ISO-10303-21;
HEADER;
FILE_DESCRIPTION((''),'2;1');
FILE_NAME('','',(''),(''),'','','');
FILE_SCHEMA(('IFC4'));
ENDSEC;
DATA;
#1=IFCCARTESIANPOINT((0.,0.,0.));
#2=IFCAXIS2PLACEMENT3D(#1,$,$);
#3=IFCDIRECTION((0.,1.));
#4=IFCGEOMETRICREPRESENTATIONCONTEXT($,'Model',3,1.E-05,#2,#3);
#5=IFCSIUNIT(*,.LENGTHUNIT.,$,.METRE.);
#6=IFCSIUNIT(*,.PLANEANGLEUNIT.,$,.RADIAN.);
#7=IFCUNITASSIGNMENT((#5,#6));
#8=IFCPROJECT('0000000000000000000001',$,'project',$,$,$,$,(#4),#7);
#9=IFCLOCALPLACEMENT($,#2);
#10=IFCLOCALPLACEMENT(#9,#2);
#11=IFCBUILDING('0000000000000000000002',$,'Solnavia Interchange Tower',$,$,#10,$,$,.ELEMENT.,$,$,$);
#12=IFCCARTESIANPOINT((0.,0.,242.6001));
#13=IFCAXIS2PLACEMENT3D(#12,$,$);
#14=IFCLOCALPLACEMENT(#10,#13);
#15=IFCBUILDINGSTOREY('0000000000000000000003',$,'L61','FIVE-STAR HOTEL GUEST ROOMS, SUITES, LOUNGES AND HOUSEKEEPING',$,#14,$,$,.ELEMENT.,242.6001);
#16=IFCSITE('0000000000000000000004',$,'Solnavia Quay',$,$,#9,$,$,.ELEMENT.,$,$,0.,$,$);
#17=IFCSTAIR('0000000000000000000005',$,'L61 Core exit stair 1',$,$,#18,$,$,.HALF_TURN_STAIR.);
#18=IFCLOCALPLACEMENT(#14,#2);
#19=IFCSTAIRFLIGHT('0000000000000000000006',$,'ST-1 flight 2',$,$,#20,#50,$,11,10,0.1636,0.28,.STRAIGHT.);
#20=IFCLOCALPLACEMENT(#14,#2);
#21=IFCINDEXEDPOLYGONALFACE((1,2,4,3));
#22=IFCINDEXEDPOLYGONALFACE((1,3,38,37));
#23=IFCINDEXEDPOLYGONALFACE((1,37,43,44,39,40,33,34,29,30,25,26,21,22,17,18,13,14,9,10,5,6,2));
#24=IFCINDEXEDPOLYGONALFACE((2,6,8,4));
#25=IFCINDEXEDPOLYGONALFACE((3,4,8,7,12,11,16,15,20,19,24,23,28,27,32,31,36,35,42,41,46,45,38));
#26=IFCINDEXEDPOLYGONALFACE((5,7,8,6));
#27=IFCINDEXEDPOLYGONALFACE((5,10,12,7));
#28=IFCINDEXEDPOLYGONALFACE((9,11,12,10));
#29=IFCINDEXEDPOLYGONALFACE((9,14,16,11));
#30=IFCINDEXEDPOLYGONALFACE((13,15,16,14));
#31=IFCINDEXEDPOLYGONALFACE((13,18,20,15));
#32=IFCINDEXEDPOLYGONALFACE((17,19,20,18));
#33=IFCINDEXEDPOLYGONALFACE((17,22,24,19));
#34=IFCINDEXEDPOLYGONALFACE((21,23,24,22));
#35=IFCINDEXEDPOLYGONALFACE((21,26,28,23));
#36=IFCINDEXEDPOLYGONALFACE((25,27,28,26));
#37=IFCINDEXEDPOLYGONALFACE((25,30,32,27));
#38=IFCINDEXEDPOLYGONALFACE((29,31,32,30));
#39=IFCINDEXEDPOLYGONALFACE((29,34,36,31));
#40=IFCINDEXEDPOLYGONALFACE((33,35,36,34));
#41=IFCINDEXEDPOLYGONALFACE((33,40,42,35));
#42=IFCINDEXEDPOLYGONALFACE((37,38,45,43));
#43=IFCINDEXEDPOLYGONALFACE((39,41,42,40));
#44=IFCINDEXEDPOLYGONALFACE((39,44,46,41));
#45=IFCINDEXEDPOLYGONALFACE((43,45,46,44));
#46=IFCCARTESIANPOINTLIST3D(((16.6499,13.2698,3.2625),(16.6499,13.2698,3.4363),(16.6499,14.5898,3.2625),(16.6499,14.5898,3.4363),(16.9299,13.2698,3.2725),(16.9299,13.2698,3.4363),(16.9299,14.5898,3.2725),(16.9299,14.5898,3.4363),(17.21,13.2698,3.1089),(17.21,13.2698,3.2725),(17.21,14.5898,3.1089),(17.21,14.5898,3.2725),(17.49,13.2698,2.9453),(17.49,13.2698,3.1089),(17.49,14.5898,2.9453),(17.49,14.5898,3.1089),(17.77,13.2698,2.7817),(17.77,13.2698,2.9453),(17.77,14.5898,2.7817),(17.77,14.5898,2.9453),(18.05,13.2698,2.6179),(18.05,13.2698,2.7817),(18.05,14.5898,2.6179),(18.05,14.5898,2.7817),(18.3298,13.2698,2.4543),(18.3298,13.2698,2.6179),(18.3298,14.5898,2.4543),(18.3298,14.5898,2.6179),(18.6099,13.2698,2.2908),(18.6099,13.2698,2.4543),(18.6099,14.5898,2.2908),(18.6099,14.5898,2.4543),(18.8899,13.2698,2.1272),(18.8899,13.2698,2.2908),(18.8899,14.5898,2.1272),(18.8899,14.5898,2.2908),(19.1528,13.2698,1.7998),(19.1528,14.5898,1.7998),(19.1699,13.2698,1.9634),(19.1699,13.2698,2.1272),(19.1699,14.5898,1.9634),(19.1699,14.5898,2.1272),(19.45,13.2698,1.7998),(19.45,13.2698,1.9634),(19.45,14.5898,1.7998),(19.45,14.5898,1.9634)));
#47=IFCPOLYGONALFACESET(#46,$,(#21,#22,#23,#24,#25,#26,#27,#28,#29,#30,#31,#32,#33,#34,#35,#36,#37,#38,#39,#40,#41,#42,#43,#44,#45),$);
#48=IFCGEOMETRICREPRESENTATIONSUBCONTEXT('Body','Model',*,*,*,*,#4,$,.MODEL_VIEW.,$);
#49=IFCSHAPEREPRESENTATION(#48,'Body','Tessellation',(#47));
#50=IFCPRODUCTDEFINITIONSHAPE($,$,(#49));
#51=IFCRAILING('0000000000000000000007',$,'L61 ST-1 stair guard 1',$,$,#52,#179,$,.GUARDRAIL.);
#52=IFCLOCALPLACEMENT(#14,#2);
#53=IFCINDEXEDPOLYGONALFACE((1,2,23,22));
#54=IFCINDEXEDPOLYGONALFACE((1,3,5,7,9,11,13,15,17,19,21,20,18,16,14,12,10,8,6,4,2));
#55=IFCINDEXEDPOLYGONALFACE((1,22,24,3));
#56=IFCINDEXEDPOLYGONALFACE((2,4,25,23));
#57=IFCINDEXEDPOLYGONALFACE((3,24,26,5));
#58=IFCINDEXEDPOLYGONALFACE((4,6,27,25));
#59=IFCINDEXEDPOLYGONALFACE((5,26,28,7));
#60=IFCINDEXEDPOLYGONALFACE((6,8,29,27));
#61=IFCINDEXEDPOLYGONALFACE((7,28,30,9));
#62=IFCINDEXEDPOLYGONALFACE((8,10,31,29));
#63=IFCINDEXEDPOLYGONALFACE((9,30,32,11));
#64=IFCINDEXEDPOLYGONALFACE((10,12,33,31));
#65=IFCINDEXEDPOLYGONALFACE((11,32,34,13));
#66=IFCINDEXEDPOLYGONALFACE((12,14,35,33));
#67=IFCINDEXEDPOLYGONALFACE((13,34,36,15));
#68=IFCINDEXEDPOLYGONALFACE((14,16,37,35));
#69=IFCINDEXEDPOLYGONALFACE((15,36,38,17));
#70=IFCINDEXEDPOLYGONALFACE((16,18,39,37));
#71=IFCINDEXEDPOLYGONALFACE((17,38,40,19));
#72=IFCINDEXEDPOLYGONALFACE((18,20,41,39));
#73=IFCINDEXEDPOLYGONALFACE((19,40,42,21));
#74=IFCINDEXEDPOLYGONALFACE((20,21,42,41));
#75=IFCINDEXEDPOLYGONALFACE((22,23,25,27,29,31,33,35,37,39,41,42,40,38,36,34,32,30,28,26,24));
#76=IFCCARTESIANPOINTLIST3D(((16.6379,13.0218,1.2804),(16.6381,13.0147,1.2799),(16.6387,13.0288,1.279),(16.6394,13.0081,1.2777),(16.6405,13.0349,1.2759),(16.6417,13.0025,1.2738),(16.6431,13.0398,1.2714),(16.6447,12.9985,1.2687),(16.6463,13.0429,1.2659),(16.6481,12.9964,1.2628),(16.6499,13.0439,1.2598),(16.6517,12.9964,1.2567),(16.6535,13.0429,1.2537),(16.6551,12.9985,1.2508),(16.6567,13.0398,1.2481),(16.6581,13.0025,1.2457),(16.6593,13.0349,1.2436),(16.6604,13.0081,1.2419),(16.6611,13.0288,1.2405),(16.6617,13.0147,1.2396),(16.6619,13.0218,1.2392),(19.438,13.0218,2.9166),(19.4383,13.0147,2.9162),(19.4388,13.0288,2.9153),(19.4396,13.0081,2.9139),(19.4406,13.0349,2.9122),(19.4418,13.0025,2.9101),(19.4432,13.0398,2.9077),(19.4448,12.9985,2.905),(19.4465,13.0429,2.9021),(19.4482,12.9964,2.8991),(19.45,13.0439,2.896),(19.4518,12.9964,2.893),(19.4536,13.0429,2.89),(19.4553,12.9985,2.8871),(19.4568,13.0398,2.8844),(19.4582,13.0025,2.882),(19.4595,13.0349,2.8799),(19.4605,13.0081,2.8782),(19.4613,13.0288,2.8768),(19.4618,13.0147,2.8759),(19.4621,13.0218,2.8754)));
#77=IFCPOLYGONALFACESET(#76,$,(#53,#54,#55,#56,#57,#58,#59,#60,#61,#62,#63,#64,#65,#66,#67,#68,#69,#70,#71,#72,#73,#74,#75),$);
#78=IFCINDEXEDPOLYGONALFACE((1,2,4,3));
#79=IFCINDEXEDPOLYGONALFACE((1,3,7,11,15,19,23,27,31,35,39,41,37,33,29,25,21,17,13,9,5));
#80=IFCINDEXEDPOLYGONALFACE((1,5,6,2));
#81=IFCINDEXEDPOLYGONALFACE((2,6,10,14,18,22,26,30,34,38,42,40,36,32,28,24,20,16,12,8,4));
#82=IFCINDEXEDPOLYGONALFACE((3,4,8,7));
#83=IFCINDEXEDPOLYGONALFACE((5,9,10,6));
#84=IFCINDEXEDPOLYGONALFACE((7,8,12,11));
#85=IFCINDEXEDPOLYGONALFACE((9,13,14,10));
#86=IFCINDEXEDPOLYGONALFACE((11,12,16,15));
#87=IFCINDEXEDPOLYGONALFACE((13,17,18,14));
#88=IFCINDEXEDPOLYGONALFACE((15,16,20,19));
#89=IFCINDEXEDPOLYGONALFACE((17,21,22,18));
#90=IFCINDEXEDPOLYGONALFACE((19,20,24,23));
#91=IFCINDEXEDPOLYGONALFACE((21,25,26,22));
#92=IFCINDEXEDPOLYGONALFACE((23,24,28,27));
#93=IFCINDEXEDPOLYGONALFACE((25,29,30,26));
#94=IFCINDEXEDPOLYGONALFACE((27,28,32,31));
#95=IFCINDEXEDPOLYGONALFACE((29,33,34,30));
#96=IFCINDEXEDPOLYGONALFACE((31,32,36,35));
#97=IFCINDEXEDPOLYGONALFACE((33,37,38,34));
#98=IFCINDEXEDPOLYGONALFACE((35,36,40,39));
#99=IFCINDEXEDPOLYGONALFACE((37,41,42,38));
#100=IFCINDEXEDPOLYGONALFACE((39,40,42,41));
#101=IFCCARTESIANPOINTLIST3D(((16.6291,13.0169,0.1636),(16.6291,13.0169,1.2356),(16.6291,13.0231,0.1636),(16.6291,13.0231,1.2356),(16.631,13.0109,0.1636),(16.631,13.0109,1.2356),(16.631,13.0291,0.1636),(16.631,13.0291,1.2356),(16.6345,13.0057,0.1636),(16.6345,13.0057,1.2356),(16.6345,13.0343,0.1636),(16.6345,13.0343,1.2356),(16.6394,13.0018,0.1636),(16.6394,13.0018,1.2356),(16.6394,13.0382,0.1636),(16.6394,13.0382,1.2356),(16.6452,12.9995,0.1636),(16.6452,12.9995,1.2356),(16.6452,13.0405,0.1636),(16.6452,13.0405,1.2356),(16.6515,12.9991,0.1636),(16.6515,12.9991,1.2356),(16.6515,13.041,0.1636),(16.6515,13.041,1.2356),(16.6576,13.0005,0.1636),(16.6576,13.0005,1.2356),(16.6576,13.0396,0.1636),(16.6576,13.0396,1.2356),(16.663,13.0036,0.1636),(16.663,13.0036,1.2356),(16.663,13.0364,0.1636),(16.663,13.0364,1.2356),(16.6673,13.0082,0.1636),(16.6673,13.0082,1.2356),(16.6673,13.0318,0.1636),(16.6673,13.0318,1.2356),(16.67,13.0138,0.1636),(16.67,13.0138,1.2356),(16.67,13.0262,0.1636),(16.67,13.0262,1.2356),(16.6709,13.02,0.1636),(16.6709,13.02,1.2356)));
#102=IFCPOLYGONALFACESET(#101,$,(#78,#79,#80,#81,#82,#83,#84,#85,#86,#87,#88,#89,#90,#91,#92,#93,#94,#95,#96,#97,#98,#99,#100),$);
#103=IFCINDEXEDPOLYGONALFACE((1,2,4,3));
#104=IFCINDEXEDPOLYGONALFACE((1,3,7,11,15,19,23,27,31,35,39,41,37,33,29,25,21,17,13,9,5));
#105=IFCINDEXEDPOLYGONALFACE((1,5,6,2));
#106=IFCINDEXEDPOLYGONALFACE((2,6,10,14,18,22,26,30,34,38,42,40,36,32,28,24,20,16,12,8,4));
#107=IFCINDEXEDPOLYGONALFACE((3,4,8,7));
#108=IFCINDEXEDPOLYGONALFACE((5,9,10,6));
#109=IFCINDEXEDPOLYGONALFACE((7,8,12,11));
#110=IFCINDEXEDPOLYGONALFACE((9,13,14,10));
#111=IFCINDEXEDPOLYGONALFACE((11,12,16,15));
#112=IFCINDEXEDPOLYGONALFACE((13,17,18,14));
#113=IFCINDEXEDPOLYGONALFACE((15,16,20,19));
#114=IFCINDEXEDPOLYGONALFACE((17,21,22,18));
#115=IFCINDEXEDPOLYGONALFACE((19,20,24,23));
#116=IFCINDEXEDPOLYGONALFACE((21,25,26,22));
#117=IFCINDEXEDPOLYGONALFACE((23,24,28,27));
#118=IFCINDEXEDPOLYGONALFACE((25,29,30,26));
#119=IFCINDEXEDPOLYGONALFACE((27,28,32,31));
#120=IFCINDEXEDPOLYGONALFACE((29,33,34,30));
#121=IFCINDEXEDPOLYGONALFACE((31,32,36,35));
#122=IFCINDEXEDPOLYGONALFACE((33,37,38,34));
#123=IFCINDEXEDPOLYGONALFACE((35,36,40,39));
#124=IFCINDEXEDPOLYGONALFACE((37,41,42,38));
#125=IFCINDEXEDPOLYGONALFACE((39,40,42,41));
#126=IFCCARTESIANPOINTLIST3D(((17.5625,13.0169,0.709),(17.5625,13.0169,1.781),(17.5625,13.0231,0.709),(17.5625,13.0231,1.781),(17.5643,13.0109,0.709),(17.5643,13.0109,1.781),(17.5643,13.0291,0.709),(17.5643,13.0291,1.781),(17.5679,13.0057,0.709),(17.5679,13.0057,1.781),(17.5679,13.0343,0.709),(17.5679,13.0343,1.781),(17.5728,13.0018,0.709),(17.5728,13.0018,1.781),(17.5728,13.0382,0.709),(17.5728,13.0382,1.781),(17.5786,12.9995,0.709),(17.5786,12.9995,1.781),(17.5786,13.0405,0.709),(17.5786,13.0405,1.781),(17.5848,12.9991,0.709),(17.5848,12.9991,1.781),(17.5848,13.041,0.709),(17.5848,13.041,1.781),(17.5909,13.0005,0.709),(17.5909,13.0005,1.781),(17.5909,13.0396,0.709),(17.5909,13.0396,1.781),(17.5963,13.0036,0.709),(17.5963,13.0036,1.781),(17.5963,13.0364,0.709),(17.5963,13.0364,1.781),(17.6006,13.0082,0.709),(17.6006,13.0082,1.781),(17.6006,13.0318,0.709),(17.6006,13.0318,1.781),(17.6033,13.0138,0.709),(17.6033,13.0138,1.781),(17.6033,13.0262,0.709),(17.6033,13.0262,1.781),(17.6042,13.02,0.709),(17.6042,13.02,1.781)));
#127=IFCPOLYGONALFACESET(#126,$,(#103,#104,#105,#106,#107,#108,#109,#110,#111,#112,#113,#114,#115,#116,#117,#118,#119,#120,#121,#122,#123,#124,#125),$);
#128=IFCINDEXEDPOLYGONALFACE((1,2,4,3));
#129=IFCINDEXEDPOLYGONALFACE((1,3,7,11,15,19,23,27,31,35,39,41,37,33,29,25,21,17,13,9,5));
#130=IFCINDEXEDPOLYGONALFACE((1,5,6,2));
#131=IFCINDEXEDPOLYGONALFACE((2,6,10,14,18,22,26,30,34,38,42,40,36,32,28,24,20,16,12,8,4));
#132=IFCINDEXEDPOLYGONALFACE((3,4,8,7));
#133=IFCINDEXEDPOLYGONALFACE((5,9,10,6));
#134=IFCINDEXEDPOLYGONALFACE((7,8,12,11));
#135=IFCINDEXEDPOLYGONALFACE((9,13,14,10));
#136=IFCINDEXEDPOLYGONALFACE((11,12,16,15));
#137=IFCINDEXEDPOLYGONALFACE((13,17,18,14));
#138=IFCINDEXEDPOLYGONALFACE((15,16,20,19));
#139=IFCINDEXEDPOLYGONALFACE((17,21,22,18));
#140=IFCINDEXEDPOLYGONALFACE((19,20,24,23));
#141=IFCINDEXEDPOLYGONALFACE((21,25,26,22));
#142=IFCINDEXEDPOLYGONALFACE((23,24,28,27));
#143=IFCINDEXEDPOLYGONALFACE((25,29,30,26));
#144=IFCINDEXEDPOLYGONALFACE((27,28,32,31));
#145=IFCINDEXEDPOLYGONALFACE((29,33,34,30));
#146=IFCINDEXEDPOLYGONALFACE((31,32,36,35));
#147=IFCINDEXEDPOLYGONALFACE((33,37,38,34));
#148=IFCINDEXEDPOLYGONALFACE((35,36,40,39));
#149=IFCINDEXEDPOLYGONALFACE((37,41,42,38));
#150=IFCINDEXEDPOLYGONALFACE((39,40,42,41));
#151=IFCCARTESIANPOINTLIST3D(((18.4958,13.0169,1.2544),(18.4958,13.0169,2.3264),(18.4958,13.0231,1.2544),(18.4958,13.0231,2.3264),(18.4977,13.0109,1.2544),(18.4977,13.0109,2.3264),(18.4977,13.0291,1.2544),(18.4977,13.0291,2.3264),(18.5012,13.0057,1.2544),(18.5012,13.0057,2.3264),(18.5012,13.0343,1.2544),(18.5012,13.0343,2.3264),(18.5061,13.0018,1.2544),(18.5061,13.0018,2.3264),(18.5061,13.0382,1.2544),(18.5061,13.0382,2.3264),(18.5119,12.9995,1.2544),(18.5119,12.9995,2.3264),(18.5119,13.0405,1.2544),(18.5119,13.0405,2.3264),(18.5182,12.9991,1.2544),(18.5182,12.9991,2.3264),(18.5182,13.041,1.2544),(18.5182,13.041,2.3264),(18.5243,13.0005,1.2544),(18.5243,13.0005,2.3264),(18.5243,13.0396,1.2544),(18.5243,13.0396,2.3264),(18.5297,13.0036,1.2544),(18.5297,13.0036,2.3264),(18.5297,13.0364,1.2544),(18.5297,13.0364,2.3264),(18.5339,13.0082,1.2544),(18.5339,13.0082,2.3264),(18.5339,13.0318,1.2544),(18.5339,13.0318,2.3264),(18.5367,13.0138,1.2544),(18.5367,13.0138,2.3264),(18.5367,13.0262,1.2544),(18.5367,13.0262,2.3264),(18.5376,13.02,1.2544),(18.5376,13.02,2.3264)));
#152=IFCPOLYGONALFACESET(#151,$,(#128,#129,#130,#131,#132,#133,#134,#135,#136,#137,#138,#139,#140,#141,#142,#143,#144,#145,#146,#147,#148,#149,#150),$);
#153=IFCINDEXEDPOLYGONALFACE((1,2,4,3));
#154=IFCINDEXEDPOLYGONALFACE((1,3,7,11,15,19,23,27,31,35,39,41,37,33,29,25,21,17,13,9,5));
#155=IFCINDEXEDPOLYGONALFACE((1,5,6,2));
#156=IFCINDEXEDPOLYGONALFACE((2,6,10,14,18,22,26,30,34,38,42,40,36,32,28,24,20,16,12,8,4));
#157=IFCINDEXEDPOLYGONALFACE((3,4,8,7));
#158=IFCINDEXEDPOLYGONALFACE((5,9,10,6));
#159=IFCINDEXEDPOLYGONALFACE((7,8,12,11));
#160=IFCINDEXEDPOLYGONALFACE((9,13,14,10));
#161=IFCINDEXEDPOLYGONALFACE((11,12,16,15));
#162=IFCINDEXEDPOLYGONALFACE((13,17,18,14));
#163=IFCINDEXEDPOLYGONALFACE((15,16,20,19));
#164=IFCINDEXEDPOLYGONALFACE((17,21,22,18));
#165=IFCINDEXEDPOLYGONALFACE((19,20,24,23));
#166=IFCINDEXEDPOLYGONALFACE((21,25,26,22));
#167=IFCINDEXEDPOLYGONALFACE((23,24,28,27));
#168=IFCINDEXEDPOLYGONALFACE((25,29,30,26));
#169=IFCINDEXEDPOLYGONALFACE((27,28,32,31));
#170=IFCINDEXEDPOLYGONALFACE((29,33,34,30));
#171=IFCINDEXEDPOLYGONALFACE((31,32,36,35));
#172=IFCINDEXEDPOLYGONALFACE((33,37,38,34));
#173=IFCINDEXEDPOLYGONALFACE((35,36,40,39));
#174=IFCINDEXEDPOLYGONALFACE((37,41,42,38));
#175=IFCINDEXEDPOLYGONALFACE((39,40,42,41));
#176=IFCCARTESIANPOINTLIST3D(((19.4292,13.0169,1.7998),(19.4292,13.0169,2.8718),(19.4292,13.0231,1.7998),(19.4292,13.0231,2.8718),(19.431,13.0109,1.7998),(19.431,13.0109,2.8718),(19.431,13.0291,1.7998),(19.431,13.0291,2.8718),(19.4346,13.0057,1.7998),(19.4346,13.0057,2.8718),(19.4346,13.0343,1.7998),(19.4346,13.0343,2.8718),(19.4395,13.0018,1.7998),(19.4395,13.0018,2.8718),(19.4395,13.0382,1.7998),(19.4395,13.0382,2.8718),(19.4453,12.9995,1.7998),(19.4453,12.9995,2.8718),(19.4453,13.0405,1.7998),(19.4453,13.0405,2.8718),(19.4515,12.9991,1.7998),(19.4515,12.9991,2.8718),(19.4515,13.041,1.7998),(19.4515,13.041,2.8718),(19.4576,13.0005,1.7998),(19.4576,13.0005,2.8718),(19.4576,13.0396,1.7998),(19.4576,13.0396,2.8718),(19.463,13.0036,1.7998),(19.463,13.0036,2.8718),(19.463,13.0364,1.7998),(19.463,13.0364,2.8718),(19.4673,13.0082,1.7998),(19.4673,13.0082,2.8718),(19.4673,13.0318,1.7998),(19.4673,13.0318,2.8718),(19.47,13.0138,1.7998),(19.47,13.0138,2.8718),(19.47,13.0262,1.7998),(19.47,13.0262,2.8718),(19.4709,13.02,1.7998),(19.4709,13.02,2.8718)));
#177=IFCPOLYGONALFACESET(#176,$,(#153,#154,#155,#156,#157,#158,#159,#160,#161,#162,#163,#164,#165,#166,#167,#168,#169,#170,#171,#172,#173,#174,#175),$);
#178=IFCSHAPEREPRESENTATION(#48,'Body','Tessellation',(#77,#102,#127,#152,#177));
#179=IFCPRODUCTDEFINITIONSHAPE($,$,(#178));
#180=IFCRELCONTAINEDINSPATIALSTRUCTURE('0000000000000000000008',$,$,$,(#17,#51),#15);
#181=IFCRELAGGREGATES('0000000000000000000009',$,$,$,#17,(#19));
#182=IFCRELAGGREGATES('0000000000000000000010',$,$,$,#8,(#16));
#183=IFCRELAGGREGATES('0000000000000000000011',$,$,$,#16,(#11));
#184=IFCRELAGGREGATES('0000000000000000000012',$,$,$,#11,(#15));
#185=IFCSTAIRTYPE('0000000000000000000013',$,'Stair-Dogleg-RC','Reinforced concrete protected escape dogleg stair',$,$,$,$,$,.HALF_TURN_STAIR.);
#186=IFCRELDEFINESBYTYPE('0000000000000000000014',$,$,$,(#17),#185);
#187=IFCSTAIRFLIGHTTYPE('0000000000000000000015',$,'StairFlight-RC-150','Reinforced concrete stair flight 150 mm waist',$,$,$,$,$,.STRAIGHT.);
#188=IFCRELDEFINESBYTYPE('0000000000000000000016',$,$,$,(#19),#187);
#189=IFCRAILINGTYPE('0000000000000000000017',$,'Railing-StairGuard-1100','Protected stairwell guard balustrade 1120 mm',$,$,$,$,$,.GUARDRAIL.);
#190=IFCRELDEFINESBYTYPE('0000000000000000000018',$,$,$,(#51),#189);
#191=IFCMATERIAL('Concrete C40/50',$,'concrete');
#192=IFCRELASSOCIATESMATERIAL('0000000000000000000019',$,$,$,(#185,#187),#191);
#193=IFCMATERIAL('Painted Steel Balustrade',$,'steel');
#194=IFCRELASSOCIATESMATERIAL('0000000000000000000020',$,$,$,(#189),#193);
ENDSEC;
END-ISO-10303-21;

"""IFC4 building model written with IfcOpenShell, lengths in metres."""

from ifc_helpers import new_model, si_unit, direction, frame, origin, origin_2d, place, context, subcontext, project, spatial, polyline, circle, outline, extrude, material, type_object, element, aggregate, save


model = new_model("IFC4")

# Units and contexts
model_context = context("Model", 3, precision=1e-05, world=origin(), true_north=direction((0.0, 1.0)))
body_context = subcontext(model_context, "Body", "Model", "MODEL_VIEW")
ifc_project = project(units=[si_unit("LENGTHUNIT", "METRE"), si_unit("PLANEANGLEUNIT", "RADIAN")], contexts=[model_context])

# Site, building, storey
site_placement = place(None, origin())
site = spatial("IfcSite", under=ifc_project, at=site_placement, Name="Solnavia Quay", CompositionType="ELEMENT", RefElevation=0.0)
building_placement = place(site_placement, origin())
building = spatial("IfcBuilding", under=site, at=building_placement, Name="Solnavia Interchange Tower", CompositionType="ELEMENT")
storey_placement = place(building_placement, frame((0.0, 0.0, 242.6001)))
storey = spatial("IfcBuildingStorey", under=building, at=storey_placement, Name="L61", Description="FIVE-STAR HOTEL GUEST ROOMS, SUITES, LOUNGES AND HOUSEKEEPING", CompositionType="ELEMENT", Elevation=242.6001)

# Shared definitions
ifc_material_1 = material(Name="Concrete C40/50", Category="concrete")

# Stair, stair flight
stair_type = type_object("IfcStairType", Name="Stair-Dogleg-RC", Description="Reinforced concrete protected escape dogleg stair", PredefinedType="HALF_TURN_STAIR", material=ifc_material_1)
stair_placement = place(storey_placement, origin())
stair = element("IfcStair", 1, at=stair_placement, inside=storey, type_object=stair_type, Name="L61 Core exit stair 1", PredefinedType="HALF_TURN_STAIR")
stair_flight_type = type_object("IfcStairFlightType", Name="StairFlight-RC-150", Description="Reinforced concrete stair flight 150 mm waist", PredefinedType="STRAIGHT", material=ifc_material_1)
stair_flight_1_placement = place(storey_placement, frame((19.45, 13.9299, 1.7998), z_axis=(0.0, 0.0, 1.0), x_axis=(-1.0, 0.0, 0.0)))
stair_flight_1 = element("IfcStairFlight", 2, at=stair_flight_1_placement, type_object=stair_flight_type, Name="ST-1 flight 2", NumberOfRisers=11, NumberOfTreads=10, PredefinedType="STRAIGHT", RiserHeight=0.1636, TreadLength=0.28, context=body_context, shape_type="SweptSolid", body=[
    extrude(outline(polyline([(0.0, 0.0), (0.0, 0.1636), (0.28, 0.1636), (0.28, 0.3274), (0.5601, 0.3274), (0.5601, 0.491), (0.8401, 0.491), (0.8401, 0.6545), (1.1201, 0.6545), (1.1201, 0.8181), (1.3999, 0.8181), (1.3999, 0.9819), (1.6799, 0.9819), (1.6799, 1.1455), (1.96, 1.1455), (1.96, 1.3091), (2.24, 1.3091), (2.24, 1.4727), (2.52, 1.4727), (2.52, 1.6365), (2.8, 1.6365), (2.8, 1.8), (2.8, 1.4626), (0.2971, 0.0), (0.0, 0.0)])), frame((0.0, 0.6602, 0.0), z_axis=(0.0, -1.0, 0.0), x_axis=(1.0, 0.0, 0.0)), (0.0, 0.0, 1.0), 1.3201),
])
aggregate(stair, [stair_flight_1])

# Railing
ifc_material_2 = material(Name="Painted Steel Balustrade", Category="steel")
railing_type_1 = type_object("IfcRailingType", Name="Railing-StairGuard-1100", Description="Protected stairwell guard balustrade 1120 mm", PredefinedType="GUARDRAIL", material=ifc_material_2)
railing_1_placement = place(storey_placement, frame((16.6499, 13.02, 0.1636)))
element("IfcRailing", 3, at=railing_1_placement, inside=storey, type_object=railing_type_1, Name="L61 ST-1 stair guard 1", PredefinedType="GUARDRAIL", context=body_context, shape_type="SweptSolid", body=[
    extrude(circle(Radius=0.0239, at=origin_2d()), frame((0.0, 0.0, 1.0962), z_axis=(0.863394, 0.0, 0.504531), x_axis=(0.0, 1.0, 0.0)), (0.0, 0.0, 1.0), 3.2432),
    extrude(circle(Radius=0.021, at=origin_2d()), origin(), (0.0, 0.0, 1.0), 1.072),
    extrude(circle(Radius=0.021, at=origin_2d()), frame((0.9333, 0.0, 0.5454)), (0.0, 0.0, 1.0), 1.072),
    extrude(circle(Radius=0.021, at=origin_2d()), frame((1.8667, 0.0, 1.0908)), (0.0, 0.0, 1.0), 1.072),
    extrude(circle(Radius=0.021, at=origin_2d()), frame((2.8, 0.0, 1.6362)), (0.0, 0.0, 1.0), 1.072),
])

save(model, "model.ifc")
